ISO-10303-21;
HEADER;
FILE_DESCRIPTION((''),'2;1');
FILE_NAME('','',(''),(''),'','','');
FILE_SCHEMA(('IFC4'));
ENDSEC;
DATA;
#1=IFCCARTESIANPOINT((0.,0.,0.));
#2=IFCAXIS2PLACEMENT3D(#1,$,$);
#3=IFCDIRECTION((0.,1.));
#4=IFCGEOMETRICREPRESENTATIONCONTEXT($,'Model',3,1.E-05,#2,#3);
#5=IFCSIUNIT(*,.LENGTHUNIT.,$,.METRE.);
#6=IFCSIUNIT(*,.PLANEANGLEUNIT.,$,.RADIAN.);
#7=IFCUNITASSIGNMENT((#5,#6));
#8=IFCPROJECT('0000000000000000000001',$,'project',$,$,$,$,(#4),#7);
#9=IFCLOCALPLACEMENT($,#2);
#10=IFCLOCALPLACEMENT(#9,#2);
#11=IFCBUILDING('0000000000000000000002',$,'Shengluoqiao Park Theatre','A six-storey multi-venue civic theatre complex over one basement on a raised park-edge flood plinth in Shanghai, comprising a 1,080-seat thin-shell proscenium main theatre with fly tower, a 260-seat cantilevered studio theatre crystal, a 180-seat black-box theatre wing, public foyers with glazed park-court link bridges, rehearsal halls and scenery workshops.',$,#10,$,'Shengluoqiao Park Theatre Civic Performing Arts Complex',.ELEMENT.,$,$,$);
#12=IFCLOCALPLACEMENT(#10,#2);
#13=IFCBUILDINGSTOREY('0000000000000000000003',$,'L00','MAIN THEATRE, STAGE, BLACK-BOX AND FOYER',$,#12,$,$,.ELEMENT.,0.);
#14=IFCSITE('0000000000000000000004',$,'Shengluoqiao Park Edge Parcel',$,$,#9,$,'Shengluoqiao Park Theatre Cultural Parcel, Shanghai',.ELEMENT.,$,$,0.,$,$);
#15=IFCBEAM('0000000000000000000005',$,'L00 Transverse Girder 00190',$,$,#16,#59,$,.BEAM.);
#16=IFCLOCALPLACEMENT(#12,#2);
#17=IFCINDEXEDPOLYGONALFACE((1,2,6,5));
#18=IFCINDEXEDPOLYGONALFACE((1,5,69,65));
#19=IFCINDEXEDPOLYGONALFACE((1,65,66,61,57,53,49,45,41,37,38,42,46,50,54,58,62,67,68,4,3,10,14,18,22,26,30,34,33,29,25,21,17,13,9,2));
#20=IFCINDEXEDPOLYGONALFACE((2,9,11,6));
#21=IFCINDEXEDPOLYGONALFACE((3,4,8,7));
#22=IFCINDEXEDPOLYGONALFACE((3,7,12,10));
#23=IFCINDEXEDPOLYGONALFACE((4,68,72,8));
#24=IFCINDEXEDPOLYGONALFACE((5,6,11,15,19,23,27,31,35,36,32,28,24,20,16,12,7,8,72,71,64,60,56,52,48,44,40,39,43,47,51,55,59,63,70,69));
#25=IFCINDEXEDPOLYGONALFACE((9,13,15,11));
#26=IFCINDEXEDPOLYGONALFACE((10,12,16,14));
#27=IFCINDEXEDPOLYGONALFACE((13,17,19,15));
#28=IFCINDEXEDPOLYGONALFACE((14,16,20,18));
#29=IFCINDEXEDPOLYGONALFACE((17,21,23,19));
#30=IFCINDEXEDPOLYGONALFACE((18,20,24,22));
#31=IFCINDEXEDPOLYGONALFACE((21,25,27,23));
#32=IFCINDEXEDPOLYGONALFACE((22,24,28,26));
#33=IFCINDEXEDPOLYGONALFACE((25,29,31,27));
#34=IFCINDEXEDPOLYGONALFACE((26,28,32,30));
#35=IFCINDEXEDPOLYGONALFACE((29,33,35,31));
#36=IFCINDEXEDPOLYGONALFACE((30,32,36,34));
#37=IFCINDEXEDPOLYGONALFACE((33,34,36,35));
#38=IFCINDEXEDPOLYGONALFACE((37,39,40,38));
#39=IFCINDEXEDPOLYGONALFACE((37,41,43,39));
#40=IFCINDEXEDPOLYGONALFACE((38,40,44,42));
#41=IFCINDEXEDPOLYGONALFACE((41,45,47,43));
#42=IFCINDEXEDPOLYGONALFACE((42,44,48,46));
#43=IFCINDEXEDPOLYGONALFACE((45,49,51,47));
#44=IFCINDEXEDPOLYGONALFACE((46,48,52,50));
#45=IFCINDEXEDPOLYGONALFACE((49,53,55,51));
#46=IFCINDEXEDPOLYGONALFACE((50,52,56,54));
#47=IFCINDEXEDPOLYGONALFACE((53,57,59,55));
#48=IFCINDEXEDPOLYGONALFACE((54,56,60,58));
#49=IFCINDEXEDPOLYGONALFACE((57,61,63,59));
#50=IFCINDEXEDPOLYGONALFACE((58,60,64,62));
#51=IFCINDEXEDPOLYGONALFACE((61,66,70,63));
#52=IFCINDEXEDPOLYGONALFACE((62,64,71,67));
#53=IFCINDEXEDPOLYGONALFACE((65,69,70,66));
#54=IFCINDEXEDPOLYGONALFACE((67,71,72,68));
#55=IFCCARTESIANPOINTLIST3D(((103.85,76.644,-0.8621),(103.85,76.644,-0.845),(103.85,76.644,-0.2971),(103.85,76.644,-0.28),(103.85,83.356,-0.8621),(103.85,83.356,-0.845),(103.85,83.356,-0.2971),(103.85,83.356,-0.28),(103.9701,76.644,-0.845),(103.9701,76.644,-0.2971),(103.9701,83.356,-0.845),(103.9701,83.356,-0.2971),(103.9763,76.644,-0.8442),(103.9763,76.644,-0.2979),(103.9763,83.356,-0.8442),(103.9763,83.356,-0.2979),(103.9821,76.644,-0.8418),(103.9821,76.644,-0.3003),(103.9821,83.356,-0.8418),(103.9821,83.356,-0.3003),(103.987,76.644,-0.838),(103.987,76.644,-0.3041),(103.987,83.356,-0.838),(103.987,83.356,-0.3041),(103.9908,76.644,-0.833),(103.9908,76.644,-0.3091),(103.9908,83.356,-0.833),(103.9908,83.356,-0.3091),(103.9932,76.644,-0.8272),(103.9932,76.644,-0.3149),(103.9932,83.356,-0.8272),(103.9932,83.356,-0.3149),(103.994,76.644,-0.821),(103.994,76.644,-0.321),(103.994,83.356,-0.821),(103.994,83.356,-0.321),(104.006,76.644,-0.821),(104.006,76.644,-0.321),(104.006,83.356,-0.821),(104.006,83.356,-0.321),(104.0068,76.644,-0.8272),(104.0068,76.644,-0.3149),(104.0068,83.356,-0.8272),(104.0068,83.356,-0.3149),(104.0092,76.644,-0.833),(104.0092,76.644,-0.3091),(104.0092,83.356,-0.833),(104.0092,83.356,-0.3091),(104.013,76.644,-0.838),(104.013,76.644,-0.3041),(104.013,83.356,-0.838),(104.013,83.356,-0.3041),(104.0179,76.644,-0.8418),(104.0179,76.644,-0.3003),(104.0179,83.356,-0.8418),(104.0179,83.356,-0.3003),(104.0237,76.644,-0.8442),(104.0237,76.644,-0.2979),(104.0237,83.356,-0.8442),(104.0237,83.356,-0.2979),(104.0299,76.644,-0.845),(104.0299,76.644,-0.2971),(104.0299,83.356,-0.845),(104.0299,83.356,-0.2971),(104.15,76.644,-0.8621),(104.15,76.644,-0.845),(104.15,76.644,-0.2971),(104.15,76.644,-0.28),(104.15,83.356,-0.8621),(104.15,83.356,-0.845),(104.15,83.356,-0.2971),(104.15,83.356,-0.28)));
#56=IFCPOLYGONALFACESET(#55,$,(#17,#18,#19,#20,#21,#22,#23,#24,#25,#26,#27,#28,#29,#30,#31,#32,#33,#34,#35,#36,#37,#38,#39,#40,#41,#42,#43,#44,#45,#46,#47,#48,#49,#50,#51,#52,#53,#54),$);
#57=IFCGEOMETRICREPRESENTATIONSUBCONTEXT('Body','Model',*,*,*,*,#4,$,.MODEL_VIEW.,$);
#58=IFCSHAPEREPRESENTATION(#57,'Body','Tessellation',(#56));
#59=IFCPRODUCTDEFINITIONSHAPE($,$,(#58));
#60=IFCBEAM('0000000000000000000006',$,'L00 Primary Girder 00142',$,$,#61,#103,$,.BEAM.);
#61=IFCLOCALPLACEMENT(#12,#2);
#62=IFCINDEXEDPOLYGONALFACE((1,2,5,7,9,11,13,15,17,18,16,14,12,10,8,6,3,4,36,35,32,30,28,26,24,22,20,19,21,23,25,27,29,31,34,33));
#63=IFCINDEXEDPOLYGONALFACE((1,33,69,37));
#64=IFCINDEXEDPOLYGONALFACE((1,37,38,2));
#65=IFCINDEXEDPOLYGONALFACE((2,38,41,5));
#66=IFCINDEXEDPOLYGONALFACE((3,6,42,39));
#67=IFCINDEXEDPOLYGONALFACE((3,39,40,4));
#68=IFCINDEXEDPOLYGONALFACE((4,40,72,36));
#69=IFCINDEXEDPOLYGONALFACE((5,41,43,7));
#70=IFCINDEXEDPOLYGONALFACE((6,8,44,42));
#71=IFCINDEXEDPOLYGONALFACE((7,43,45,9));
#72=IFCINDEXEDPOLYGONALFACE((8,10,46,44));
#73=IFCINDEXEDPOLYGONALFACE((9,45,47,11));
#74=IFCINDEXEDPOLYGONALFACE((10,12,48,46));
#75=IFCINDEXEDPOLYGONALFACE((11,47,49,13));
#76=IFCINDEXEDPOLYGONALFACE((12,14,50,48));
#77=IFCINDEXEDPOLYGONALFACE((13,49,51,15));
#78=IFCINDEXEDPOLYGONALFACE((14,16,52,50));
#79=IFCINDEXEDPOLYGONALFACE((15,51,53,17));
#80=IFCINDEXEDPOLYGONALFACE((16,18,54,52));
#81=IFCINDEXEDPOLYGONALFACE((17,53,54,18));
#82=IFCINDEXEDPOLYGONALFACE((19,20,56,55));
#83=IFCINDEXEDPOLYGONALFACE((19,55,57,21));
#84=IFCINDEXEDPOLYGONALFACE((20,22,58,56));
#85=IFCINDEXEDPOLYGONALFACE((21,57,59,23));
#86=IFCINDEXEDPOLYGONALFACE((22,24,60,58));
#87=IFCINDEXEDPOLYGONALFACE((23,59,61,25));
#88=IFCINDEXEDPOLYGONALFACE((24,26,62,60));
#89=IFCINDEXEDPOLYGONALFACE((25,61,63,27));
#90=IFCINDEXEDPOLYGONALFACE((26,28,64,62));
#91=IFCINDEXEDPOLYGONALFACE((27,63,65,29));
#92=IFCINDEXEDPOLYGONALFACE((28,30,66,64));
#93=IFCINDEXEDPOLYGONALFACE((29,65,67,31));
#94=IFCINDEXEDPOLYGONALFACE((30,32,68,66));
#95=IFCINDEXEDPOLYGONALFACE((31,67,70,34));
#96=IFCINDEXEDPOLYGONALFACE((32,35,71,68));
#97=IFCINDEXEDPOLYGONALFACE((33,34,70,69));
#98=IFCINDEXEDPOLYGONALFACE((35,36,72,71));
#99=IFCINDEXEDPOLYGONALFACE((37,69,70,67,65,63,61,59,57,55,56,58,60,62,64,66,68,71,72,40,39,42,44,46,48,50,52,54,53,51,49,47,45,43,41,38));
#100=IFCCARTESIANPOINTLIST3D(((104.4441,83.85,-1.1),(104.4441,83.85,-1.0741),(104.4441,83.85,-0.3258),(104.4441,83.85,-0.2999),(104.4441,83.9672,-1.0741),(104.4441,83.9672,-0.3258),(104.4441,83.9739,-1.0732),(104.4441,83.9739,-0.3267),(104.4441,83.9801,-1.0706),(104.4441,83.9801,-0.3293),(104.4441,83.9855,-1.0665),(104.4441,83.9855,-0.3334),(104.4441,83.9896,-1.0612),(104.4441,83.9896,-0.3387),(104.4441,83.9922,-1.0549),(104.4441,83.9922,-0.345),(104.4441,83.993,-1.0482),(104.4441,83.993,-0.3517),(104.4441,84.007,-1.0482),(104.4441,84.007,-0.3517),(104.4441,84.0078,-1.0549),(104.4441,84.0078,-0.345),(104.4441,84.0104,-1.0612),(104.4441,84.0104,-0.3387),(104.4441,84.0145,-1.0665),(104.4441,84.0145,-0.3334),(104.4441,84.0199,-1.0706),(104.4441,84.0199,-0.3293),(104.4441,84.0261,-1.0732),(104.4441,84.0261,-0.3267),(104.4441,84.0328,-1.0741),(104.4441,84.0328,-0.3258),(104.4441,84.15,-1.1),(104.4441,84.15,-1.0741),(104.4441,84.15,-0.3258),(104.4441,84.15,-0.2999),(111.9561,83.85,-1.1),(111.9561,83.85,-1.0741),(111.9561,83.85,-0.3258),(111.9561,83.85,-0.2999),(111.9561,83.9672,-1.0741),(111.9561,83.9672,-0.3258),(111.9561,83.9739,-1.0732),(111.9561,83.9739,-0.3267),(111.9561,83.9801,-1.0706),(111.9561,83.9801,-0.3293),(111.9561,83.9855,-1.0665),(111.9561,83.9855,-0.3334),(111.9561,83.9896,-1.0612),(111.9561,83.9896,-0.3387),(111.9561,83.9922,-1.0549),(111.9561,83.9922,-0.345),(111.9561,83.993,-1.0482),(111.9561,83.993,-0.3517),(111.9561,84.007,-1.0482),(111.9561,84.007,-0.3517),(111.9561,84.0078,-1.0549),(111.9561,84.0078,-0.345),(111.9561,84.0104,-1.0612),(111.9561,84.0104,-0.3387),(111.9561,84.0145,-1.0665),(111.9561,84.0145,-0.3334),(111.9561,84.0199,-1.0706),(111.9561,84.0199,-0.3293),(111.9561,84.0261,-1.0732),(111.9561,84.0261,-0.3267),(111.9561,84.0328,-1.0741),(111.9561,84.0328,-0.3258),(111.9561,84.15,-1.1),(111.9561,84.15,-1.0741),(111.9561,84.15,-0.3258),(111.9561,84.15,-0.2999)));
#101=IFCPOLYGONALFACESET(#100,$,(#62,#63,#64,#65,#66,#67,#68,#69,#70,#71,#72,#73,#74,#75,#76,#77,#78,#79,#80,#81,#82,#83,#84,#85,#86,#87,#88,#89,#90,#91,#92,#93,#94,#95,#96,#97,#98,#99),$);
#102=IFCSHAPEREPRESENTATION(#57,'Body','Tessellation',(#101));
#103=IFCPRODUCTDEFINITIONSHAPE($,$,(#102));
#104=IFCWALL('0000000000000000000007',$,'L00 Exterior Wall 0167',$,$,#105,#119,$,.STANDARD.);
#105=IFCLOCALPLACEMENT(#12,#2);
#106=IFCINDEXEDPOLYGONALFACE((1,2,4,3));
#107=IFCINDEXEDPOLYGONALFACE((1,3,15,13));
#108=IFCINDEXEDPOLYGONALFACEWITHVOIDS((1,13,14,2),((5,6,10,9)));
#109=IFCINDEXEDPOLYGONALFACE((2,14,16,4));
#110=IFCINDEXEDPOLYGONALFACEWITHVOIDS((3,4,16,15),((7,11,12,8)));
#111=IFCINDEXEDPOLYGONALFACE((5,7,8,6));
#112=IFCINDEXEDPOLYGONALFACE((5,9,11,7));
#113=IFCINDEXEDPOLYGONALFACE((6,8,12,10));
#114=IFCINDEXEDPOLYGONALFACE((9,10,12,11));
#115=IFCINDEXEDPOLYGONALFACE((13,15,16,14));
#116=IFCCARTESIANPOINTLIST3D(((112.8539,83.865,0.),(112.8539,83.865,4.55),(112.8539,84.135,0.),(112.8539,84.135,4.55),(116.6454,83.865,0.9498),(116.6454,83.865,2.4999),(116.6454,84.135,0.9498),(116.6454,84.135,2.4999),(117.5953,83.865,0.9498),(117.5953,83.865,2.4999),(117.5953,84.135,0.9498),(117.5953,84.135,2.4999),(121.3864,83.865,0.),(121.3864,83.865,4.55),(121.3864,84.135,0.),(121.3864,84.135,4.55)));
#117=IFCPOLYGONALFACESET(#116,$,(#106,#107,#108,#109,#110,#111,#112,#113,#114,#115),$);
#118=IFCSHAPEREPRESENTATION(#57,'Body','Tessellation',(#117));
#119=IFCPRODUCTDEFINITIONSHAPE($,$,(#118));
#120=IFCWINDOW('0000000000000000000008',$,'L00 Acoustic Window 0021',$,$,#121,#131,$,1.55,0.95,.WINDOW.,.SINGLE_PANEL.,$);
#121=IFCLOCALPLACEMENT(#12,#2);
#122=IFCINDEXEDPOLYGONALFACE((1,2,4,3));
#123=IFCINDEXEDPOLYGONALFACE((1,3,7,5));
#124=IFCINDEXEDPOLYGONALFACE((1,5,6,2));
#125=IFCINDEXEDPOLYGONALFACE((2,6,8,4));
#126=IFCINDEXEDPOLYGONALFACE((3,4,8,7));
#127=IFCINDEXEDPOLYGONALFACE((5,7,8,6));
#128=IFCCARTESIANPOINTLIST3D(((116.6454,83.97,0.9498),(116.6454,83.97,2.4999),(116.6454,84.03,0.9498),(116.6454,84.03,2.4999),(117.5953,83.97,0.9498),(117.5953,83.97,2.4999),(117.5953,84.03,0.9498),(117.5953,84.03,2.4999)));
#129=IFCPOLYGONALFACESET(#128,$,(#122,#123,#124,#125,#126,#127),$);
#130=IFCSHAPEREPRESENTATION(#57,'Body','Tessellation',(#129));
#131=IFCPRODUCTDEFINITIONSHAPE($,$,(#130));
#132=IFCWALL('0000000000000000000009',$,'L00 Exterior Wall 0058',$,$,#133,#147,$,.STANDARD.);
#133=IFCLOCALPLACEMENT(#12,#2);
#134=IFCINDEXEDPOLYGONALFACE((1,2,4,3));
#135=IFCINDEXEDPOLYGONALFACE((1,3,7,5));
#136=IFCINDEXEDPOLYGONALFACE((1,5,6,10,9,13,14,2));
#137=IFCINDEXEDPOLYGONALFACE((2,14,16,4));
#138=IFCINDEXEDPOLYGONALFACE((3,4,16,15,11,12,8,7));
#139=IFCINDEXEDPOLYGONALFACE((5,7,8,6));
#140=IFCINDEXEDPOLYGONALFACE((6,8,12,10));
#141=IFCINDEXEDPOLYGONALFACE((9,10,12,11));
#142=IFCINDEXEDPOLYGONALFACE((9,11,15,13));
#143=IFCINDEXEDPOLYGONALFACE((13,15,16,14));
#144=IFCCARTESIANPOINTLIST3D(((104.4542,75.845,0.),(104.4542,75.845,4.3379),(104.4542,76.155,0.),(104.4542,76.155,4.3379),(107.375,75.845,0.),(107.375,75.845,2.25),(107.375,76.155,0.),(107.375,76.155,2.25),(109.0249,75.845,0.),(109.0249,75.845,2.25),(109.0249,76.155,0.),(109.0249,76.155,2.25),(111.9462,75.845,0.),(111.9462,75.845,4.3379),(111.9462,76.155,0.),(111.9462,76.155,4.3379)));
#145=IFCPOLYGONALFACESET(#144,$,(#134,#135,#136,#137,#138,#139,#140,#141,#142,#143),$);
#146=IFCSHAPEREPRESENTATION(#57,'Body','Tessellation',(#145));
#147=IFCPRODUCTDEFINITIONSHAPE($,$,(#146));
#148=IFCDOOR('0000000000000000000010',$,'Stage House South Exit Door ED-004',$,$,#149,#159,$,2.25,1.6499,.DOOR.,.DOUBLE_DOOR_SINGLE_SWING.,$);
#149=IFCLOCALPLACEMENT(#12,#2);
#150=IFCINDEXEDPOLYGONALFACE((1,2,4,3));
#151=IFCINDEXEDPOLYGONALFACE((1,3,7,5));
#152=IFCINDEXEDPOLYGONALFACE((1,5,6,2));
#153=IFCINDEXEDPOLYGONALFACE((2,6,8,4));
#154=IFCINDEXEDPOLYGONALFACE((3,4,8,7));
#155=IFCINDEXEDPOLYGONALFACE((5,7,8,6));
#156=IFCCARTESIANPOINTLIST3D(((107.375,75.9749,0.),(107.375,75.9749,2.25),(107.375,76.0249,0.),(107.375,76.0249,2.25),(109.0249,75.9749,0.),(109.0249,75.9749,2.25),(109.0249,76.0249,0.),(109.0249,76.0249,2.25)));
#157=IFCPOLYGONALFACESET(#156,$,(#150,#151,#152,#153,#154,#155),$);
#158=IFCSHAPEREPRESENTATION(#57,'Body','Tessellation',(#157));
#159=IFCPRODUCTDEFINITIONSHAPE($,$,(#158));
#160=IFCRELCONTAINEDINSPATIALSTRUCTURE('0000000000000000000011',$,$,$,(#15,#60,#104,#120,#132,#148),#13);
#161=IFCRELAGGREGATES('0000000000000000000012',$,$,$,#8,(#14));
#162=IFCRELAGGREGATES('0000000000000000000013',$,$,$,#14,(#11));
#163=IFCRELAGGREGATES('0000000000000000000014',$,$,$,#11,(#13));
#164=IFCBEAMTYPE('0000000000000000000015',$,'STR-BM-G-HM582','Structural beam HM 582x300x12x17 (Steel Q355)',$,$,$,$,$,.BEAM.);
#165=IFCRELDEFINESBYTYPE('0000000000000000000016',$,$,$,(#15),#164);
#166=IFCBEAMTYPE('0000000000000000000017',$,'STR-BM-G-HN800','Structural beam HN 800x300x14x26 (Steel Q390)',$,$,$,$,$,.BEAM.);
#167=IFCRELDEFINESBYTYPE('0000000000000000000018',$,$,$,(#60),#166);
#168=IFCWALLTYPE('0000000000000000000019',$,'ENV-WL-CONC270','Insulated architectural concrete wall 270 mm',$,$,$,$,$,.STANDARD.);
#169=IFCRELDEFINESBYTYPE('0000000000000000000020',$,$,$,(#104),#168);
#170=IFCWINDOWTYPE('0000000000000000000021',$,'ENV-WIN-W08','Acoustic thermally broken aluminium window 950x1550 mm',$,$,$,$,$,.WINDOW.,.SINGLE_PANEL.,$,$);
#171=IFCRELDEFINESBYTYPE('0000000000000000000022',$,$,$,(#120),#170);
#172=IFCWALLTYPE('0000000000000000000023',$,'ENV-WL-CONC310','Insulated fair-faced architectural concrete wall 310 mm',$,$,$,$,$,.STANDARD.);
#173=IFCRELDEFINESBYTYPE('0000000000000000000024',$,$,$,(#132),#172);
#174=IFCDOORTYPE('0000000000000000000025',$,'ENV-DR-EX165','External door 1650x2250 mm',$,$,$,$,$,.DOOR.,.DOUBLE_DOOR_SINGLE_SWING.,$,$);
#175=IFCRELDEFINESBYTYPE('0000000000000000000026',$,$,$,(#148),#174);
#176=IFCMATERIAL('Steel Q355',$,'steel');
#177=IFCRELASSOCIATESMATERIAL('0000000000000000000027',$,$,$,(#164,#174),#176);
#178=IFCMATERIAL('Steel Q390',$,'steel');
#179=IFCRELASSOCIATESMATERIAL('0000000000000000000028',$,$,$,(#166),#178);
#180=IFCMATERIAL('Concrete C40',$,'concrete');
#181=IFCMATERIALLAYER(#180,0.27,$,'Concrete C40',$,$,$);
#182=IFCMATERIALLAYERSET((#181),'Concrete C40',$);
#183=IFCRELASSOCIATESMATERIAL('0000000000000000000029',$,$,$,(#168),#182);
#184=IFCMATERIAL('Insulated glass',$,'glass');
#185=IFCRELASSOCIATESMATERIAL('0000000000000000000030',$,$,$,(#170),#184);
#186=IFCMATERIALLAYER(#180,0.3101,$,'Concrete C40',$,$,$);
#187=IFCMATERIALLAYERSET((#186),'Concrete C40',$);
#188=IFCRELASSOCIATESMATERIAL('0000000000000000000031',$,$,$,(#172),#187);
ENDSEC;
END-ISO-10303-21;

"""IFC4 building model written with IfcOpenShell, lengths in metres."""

from ifc_helpers import new_model, si_unit, direction, frame, frame_2d, origin, origin_2d, place, context, subcontext, project, spatial, rectangle, i_section, extrude, material, layer, layer_set, material_profile, profile_set, type_object, element, fill, save


model = new_model("IFC4")

# Units and contexts
model_context = context("Model", 3, precision=1e-05, world=origin(), true_north=direction((0.0, 1.0)))
body_context = subcontext(model_context, "Body", "Model", "MODEL_VIEW")
ifc_project = project(units=[si_unit("LENGTHUNIT", "METRE"), si_unit("PLANEANGLEUNIT", "RADIAN")], contexts=[model_context])

# Site, building, storey
site_placement = place(None, origin())
site = spatial("IfcSite", under=ifc_project, at=site_placement, Name="Shengluoqiao Park Edge Parcel", LongName="Shengluoqiao Park Theatre Cultural Parcel, Shanghai", CompositionType="ELEMENT", RefElevation=0.0)
building_placement = place(site_placement, origin())
building = spatial("IfcBuilding", under=site, at=building_placement, Name="Shengluoqiao Park Theatre", Description="A six-storey multi-venue civic theatre complex over one basement on a raised park-edge flood plinth in Shanghai, comprising a 1,080-seat thin-shell proscenium main theatre with fly tower, a 260-seat cantilevered studio theatre crystal, a 180-seat black-box theatre wing, public foyers with glazed park-court link bridges, rehearsal halls and scenery workshops.", LongName="Shengluoqiao Park Theatre Civic Performing Arts Complex", CompositionType="ELEMENT")
storey_placement = place(building_placement, origin())
storey = spatial("IfcBuildingStorey", under=building, at=storey_placement, Name="L00", Description="MAIN THEATRE, STAGE, BLACK-BOX AND FOYER", CompositionType="ELEMENT", Elevation=0.0)

# Shared definitions
ifc_material_1 = material(Name="Concrete C40", Category="concrete")

# Shared definitions
ifc_material_2 = material(Name="Steel Q390", Category="steel")

# Beams
ifc_material_3 = material(Name="Steel Q355", Category="steel")
ifc_material_profile_1 = material_profile(ifc_material_3, i_section(OverallWidth=0.3, OverallDepth=0.582, WebThickness=0.012, FlangeThickness=0.0171, FilletRadius=0.0239, at=origin_2d()), Name="HM 582x300x12x17")
ifc_profile_set_1 = profile_set([ifc_material_profile_1], Name="Steel Q355")
beam_type_1 = type_object("IfcBeamType", Name="STR-BM-G-HM582", Description="Structural beam HM 582x300x12x17 (Steel Q355)", PredefinedType="BEAM", material=ifc_profile_set_1)
beam_1_placement = place(storey_placement, frame((104.0, 76.644, -0.571), z_axis=(0.0, 1.0, 0.0), x_axis=(-1.0, 0.0, 0.0)))
element("IfcBeam", 1, at=beam_1_placement, inside=storey, type_object=beam_type_1, Name="L00 Transverse Girder 00190", PredefinedType="BEAM", context=body_context, shape_type="SweptSolid", body=[
    extrude(i_section(OverallWidth=0.3, OverallDepth=0.582, WebThickness=0.012, FlangeThickness=0.0171, FilletRadius=0.0239, at=origin_2d()), origin(), (0.0, 0.0, 1.0), 6.7119),
])
ifc_material_profile_2 = material_profile(ifc_material_2, i_section(OverallWidth=0.3, OverallDepth=0.8, WebThickness=0.0139, FlangeThickness=0.0259, FilletRadius=0.0259, at=origin_2d()), Name="HN 800x300x14x26")
ifc_profile_set_2 = profile_set([ifc_material_profile_2], Name="Steel Q390")
beam_type_2 = type_object("IfcBeamType", Name="STR-BM-G-HN800", Description="Structural beam HN 800x300x14x26 (Steel Q390)", PredefinedType="BEAM", material=ifc_profile_set_2)
beam_2_placement = place(storey_placement, frame((104.4441, 84.0, -0.7), z_axis=(1.0, 0.0, 0.0), x_axis=(0.0, 1.0, 0.0)))
element("IfcBeam", 2, at=beam_2_placement, inside=storey, type_object=beam_type_2, Name="L00 Primary Girder 00142", PredefinedType="BEAM", context=body_context, shape_type="SweptSolid", body=[
    extrude(i_section(OverallWidth=0.3, OverallDepth=0.8, WebThickness=0.0139, FlangeThickness=0.0259, FilletRadius=0.0259, at=origin_2d()), origin(), (0.0, 0.0, 1.0), 7.512),
])

# Wall, opening, window
ifc_layer_1 = layer(ifc_material_1, 0.27, Name="Concrete C40")
ifc_layer_set_1 = layer_set([ifc_layer_1], Name="Concrete C40")
wall_type_1 = type_object("IfcWallType", Name="ENV-WL-CONC270", Description="Insulated architectural concrete wall 270 mm", PredefinedType="STANDARD", material=ifc_layer_set_1)
wall_1_placement = place(storey_placement, frame((112.854, 84.0, 0.0), z_axis=(0.0, 0.0, 1.0), x_axis=(1.0, 0.0, 0.0)))
wall_1 = element("IfcWall", 3, at=wall_1_placement, inside=storey, type_object=wall_type_1, Name="L00 Exterior Wall 0167", PredefinedType="STANDARD", context=body_context, shape_type="SweptSolid", body=[
    extrude(rectangle(XDim=8.5325, YDim=0.27, at=frame_2d((4.2661, 0.0))), origin(), (0.0, 0.0, 1.0), 4.55),
])
opening_1_placement = place(wall_1_placement, frame((3.7913, 0.0, 0.95)))
opening_1 = element("IfcOpeningElement", 4, at=opening_1_placement, cuts=wall_1, PredefinedType="OPENING", context=body_context, shape_type="SweptSolid", body=[
    extrude(rectangle(XDim=0.95, YDim=1.55, at=frame_2d((0.4751, 0.7749))), frame((0.0, 0.145, 0.0), z_axis=(0.0, -1.0, 0.0), x_axis=(1.0, 0.0, 0.0)), (0.0, 0.0, 1.0), 0.29),
])
ifc_material_4 = material(Name="Insulated glass", Category="glass")
window_type = type_object("IfcWindowType", Name="ENV-WIN-W08", Description="Acoustic thermally broken aluminium window 950x1550 mm", PartitioningType="SINGLE_PANEL", PredefinedType="WINDOW", material=ifc_material_4)
window_1_placement = place(opening_1_placement, origin())
window_1 = element("IfcWindow", 5, at=window_1_placement, inside=storey, type_object=window_type, Name="L00 Acoustic Window 0021", OverallHeight=1.55, OverallWidth=0.95, PartitioningType="SINGLE_PANEL", PredefinedType="WINDOW", context=body_context, shape_type="SweptSolid", body=[
    extrude(rectangle(XDim=0.95, YDim=1.55, at=frame_2d((0.4751, 0.7749))), frame((0.0, 0.03, 0.0), z_axis=(0.0, -1.0, 0.0), x_axis=(1.0, 0.0, 0.0)), (0.0, 0.0, 1.0), 0.0601),
])
fill(opening_1, window_1)

# Wall, opening, door
ifc_layer_2 = layer(ifc_material_1, 0.3101, Name="Concrete C40")
ifc_layer_set_2 = layer_set([ifc_layer_2], Name="Concrete C40")
wall_type_2 = type_object("IfcWallType", Name="ENV-WL-CONC310", Description="Insulated fair-faced architectural concrete wall 310 mm", PredefinedType="STANDARD", material=ifc_layer_set_2)
wall_2_placement = place(storey_placement, frame((104.4541, 76.0, 0.0), z_axis=(0.0, 0.0, 1.0), x_axis=(1.0, 0.0, 0.0)))
wall_2 = element("IfcWall", 6, at=wall_2_placement, inside=storey, type_object=wall_type_2, Name="L00 Exterior Wall 0058", PredefinedType="STANDARD", context=body_context, shape_type="SweptSolid", body=[
    extrude(rectangle(XDim=7.4919, YDim=0.3101, at=frame_2d((3.7461, 0.0))), origin(), (0.0, 0.0, 1.0), 4.3379),
])
opening_2_placement = place(wall_2_placement, frame((2.9209, 0.0, 0.0)))
opening_2 = element("IfcOpeningElement", 7, at=opening_2_placement, cuts=wall_2, PredefinedType="OPENING", context=body_context, shape_type="SweptSolid", body=[
    extrude(rectangle(XDim=1.6499, YDim=2.25, at=frame_2d((0.825, 1.125))), frame((0.0, 0.165, 0.0), z_axis=(0.0, -1.0, 0.0), x_axis=(1.0, 0.0, 0.0)), (0.0, 0.0, 1.0), 0.3301),
])
door_type_1 = type_object("IfcDoorType", Name="ENV-DR-EX165", Description="External door 1650x2250 mm", OperationType="DOUBLE_DOOR_SINGLE_SWING", PredefinedType="DOOR", material=ifc_material_3)
door_1_placement = place(opening_2_placement, origin())
door_1 = element("IfcDoor", 8, at=door_1_placement, inside=storey, type_object=door_type_1, Name="Stage House South Exit Door ED-004", OperationType="DOUBLE_DOOR_SINGLE_SWING", OverallHeight=2.25, OverallWidth=1.6499, PredefinedType="DOOR", context=body_context, shape_type="SweptSolid", body=[
    extrude(rectangle(XDim=1.6499, YDim=2.25, at=frame_2d((0.825, 1.125))), frame((0.0, 0.0249, 0.0), z_axis=(0.0, -1.0, 0.0), x_axis=(1.0, 0.0, 0.0)), (0.0, 0.0, 1.0), 0.05),
])
fill(opening_2, door_1)

save(model, "model.ifc")
